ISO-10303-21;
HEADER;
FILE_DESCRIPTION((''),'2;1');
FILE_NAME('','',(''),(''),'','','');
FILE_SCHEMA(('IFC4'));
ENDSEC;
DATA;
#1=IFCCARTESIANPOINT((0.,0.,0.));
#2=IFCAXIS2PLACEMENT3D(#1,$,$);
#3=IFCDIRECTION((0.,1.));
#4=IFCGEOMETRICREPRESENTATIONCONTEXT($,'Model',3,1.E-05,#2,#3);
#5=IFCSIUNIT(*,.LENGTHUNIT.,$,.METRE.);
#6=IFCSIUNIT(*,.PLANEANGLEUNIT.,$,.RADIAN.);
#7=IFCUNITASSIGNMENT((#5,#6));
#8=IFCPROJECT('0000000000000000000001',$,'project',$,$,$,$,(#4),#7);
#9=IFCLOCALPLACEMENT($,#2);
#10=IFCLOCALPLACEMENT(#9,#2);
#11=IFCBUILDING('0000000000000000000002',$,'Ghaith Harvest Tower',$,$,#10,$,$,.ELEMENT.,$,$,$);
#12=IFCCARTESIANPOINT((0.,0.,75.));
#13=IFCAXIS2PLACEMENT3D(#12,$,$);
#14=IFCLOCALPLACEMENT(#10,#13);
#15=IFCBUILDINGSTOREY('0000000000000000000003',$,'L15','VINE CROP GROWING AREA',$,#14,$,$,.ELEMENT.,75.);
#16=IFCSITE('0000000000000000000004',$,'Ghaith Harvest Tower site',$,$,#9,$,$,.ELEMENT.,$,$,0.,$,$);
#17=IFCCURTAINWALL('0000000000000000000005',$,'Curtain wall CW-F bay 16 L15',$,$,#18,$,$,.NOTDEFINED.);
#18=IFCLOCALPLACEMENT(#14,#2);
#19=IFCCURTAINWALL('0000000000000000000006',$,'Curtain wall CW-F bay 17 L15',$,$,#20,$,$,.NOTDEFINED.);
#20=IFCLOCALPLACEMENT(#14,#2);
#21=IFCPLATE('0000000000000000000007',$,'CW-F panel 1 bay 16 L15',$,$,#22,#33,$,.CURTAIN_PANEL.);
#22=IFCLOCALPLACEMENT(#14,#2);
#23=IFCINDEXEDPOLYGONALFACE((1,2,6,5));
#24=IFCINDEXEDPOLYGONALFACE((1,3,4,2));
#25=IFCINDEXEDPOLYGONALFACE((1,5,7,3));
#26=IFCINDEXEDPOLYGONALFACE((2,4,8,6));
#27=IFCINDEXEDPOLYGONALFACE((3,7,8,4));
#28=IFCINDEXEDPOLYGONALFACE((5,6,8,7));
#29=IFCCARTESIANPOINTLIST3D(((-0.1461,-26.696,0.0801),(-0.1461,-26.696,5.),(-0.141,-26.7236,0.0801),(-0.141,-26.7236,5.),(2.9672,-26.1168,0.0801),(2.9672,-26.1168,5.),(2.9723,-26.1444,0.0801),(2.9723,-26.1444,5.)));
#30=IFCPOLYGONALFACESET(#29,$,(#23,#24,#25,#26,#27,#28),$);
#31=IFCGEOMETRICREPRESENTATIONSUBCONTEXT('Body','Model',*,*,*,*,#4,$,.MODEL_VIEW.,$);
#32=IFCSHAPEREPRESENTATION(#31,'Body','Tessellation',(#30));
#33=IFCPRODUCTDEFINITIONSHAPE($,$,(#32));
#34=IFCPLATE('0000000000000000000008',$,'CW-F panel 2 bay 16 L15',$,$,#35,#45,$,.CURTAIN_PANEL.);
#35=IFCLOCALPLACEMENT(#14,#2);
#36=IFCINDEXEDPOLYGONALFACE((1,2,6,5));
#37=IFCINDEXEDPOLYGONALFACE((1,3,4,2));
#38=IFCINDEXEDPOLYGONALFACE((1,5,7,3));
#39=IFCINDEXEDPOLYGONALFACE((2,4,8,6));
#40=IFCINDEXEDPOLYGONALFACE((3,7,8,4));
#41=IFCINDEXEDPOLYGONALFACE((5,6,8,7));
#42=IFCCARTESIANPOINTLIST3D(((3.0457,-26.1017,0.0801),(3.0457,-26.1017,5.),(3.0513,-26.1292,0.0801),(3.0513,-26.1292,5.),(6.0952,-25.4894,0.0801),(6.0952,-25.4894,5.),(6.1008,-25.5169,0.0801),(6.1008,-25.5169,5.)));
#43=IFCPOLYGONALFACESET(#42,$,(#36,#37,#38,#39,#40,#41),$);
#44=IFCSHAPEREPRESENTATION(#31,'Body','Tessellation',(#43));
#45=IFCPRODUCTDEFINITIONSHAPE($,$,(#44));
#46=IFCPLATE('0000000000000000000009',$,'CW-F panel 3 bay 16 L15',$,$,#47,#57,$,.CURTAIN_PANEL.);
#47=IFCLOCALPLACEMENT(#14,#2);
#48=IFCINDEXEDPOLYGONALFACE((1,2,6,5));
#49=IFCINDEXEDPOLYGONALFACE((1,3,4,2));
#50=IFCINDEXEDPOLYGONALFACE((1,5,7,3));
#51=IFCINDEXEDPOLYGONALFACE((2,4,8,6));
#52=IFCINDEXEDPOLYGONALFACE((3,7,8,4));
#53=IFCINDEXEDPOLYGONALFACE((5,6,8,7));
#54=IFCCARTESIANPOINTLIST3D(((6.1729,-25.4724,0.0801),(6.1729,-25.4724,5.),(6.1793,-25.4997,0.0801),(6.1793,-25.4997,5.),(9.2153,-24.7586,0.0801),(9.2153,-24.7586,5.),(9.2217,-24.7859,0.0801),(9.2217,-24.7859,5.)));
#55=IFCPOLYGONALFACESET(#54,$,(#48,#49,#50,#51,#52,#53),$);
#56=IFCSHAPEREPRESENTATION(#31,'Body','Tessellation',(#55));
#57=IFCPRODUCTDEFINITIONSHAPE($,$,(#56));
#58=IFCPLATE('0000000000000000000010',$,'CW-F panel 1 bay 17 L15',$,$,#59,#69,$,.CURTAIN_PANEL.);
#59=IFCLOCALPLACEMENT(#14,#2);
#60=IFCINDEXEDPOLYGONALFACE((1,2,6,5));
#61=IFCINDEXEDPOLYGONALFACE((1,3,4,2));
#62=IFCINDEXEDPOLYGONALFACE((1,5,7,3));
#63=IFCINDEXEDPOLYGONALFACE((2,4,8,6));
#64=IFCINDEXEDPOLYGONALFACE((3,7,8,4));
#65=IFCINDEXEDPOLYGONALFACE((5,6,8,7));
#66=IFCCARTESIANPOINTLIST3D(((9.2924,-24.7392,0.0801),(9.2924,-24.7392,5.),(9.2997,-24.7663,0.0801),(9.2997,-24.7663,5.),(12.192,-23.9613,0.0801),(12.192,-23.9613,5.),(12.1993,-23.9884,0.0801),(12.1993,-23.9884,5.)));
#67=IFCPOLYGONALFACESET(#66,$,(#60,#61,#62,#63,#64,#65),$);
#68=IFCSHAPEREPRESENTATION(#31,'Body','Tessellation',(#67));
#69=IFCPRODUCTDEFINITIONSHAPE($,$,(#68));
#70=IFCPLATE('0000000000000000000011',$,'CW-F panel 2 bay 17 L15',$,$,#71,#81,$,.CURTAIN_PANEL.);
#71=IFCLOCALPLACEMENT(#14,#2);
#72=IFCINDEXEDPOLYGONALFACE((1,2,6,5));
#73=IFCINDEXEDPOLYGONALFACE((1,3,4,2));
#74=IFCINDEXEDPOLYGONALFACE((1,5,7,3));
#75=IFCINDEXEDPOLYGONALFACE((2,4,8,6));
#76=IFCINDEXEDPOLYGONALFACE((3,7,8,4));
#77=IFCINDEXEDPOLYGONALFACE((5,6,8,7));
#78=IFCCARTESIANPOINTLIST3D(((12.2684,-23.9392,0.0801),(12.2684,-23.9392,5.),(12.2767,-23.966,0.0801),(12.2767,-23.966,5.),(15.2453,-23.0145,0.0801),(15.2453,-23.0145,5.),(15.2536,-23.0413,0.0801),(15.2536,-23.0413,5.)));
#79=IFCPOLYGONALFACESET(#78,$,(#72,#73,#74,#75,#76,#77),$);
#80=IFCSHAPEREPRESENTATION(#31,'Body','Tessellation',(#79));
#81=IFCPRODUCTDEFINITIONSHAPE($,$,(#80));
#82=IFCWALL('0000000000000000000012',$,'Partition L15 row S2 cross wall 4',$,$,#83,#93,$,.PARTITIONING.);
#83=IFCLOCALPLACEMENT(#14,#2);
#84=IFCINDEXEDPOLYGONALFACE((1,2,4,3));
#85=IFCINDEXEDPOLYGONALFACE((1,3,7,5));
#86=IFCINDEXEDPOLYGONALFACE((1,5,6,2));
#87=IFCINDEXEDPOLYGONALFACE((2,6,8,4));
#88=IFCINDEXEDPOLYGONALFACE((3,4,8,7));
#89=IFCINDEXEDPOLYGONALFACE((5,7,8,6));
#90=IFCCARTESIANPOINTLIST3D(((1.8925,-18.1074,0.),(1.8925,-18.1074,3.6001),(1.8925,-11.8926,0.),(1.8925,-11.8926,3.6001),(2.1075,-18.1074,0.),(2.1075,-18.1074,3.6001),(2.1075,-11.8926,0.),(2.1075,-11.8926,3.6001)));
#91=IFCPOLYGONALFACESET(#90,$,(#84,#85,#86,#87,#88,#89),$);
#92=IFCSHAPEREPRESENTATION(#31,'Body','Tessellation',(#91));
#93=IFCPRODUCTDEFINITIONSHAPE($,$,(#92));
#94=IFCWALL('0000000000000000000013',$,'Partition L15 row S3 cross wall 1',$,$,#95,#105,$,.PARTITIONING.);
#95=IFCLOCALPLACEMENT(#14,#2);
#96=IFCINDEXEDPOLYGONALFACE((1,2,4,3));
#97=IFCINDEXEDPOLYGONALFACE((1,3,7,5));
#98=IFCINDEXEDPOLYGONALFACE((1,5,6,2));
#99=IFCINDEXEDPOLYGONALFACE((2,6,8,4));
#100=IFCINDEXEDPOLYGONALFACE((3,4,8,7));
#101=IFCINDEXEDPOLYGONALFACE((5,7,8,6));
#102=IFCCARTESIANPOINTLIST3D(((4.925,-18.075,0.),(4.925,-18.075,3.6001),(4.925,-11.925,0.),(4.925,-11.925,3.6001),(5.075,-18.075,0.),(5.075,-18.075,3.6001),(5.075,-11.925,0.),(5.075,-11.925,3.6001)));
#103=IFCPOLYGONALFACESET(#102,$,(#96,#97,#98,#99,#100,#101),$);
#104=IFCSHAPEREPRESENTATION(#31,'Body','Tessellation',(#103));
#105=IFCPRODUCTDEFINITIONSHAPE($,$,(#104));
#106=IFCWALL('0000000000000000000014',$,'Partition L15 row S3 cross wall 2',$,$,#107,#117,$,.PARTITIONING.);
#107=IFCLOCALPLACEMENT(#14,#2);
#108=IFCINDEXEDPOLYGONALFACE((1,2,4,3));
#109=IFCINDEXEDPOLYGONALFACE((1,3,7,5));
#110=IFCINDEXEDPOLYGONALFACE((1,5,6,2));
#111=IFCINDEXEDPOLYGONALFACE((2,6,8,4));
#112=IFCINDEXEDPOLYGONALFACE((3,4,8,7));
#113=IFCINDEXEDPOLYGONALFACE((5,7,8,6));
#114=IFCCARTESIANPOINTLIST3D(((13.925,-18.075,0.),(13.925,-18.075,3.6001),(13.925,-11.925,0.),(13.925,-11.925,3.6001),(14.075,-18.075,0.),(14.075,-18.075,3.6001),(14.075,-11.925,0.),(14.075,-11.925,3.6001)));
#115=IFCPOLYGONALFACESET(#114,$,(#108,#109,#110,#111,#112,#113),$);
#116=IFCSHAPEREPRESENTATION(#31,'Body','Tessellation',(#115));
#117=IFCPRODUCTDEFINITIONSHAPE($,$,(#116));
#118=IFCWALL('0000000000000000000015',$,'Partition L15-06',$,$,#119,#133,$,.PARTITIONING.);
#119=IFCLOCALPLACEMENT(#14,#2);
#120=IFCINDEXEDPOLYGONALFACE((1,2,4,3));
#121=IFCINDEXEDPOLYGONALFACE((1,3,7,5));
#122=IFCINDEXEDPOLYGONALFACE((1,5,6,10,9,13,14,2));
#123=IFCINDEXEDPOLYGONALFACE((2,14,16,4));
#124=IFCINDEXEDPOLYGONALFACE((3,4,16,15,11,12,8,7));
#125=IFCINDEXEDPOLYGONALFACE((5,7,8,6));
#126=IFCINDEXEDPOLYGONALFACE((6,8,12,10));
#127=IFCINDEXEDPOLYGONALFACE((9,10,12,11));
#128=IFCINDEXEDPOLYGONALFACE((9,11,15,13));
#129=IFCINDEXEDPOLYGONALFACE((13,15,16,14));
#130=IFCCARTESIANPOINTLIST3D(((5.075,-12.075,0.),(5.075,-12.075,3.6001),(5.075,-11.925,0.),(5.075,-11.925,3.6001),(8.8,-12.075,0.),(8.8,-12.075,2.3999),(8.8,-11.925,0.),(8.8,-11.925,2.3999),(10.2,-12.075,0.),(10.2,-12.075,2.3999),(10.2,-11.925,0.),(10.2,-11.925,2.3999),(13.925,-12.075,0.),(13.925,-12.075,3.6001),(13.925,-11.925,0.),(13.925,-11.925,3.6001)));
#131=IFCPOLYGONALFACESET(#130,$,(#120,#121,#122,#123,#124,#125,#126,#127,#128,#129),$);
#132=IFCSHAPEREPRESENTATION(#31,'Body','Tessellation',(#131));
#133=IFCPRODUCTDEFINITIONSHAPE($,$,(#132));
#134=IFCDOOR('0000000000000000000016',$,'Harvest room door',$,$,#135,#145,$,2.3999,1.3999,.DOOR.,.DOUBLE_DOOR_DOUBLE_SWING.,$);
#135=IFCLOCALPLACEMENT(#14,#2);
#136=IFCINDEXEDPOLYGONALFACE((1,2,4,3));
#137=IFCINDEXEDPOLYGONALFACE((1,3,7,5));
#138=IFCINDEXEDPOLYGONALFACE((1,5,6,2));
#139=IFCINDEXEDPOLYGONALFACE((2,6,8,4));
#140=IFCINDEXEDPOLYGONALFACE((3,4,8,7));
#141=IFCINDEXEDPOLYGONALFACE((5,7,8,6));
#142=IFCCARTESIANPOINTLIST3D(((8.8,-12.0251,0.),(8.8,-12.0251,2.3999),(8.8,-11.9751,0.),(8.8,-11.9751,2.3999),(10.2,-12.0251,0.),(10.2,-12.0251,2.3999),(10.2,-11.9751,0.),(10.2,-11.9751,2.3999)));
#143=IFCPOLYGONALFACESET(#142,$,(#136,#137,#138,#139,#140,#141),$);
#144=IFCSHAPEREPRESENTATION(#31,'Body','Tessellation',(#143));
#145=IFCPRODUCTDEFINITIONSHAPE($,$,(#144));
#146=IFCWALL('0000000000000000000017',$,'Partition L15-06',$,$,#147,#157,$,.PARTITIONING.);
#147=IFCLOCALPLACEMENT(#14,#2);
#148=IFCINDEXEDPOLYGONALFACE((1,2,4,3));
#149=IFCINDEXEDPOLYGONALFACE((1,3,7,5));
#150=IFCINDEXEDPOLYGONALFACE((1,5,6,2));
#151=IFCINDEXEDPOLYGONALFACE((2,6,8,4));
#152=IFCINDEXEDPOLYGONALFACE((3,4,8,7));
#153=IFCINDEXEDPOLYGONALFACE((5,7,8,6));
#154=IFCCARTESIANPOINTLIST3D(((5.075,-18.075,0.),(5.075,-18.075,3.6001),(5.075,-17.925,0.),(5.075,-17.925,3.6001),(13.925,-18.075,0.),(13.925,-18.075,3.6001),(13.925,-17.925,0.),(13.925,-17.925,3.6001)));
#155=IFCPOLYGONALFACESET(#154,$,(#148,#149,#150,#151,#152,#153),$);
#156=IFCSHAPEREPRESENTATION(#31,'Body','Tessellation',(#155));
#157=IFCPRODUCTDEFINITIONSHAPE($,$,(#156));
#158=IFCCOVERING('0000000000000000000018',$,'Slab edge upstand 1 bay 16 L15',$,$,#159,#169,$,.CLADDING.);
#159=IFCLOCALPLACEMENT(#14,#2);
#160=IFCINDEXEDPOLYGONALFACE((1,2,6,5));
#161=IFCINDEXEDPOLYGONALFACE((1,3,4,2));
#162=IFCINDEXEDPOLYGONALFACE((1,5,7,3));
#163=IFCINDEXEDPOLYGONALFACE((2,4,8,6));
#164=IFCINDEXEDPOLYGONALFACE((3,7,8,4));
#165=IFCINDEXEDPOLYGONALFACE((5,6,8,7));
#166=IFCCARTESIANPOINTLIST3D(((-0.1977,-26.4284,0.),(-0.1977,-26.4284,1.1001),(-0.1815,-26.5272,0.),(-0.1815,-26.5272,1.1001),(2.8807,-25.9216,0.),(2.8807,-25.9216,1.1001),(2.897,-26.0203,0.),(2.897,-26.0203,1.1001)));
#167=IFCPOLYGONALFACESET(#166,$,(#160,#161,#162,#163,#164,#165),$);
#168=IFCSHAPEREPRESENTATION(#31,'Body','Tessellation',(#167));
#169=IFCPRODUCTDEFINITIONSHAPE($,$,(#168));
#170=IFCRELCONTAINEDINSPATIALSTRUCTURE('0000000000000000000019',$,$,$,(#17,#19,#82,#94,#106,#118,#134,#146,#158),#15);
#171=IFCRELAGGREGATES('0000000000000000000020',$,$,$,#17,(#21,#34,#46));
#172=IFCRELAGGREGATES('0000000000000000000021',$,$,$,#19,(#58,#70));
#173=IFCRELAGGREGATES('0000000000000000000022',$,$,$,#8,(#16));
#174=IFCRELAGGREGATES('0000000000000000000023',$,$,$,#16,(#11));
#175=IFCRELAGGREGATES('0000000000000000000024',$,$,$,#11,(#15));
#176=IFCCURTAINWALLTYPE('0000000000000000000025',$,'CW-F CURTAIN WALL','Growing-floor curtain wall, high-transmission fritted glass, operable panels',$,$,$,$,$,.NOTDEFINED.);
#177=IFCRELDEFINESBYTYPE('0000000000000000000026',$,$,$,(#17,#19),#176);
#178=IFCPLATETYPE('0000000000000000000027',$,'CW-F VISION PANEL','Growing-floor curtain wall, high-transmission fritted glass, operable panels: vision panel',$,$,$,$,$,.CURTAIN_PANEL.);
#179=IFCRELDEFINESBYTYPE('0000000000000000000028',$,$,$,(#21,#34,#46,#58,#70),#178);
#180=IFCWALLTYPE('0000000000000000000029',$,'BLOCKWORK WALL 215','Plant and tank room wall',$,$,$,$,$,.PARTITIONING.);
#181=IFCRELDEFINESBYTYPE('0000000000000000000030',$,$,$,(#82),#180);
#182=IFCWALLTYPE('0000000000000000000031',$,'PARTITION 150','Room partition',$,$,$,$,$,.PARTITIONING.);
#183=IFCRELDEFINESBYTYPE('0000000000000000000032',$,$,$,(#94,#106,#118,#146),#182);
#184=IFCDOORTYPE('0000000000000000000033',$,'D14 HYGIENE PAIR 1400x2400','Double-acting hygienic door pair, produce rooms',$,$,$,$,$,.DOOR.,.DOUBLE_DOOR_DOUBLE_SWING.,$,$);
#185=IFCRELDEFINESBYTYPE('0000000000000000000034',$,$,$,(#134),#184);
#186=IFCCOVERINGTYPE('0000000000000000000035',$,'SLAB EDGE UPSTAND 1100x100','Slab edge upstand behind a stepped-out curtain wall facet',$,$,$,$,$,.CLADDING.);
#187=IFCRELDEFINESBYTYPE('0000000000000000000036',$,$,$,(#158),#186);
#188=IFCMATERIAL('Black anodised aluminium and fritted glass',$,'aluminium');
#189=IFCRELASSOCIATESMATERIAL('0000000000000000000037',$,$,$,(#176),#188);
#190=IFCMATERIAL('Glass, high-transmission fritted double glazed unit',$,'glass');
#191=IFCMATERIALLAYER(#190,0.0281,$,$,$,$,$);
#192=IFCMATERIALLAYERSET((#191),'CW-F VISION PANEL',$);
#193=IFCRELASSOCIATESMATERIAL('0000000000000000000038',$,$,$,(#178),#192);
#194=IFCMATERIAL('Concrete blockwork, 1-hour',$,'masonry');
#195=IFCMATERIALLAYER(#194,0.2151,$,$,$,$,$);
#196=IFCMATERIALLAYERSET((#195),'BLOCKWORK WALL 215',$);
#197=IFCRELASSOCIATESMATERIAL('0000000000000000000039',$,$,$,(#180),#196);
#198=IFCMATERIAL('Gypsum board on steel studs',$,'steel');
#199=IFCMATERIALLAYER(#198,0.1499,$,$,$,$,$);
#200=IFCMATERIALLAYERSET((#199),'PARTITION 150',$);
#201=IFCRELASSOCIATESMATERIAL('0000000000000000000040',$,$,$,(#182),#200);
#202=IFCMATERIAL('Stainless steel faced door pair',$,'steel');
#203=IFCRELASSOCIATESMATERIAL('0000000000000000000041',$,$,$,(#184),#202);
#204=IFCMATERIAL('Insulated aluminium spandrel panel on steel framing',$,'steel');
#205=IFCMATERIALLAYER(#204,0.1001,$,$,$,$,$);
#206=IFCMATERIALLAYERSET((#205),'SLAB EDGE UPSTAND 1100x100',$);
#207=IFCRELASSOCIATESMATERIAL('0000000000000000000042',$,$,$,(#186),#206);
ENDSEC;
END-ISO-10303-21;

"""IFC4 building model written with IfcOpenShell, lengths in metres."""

from ifc_helpers import new_model, si_unit, direction, frame, frame_2d, origin, origin_2d, place, context, subcontext, project, spatial, rectangle, extrude, material, layer, layer_set, type_object, element, fill, aggregate, save


model = new_model("IFC4")

# Units and contexts
model_context = context("Model", 3, precision=1e-05, world=origin(), true_north=direction((0.0, 1.0)))
body_context = subcontext(model_context, "Body", "Model", "MODEL_VIEW")
ifc_project = project(units=[si_unit("LENGTHUNIT", "METRE"), si_unit("PLANEANGLEUNIT", "RADIAN")], contexts=[model_context])

# Site, building, storey
site_placement = place(None, origin())
site = spatial("IfcSite", under=ifc_project, at=site_placement, Name="Ghaith Harvest Tower site", CompositionType="ELEMENT", RefElevation=0.0)
building_placement = place(site_placement, origin())
building = spatial("IfcBuilding", under=site, at=building_placement, Name="Ghaith Harvest Tower", CompositionType="ELEMENT")
storey_placement = place(building_placement, frame((0.0, 0.0, 75.0)))
storey = spatial("IfcBuildingStorey", under=building, at=storey_placement, Name="L15", Description="VINE CROP GROWING AREA", CompositionType="ELEMENT", Elevation=75.0)

# Curtain walls
ifc_material_1 = material(Name="Black anodised aluminium and fritted glass", Category="aluminium")
curtain_wall_type = type_object("IfcCurtainWallType", Name="CW-F CURTAIN WALL", Description="Growing-floor curtain wall, high-transmission fritted glass, operable panels", PredefinedType="NOTDEFINED", material=ifc_material_1)
curtain_wall_1_placement = place(storey_placement, origin())
curtain_wall_1 = element("IfcCurtainWall", 1, at=curtain_wall_1_placement, inside=storey, type_object=curtain_wall_type, Name="Curtain wall CW-F bay 16 L15", PredefinedType="NOTDEFINED")
curtain_wall_2_placement = place(storey_placement, origin())
curtain_wall_2 = element("IfcCurtainWall", 2, at=curtain_wall_2_placement, inside=storey, type_object=curtain_wall_type, Name="Curtain wall CW-F bay 17 L15", PredefinedType="NOTDEFINED")

# Plates
ifc_material_2 = material(Name="Glass, high-transmission fritted double glazed unit", Category="glass")
ifc_layer_1 = layer(ifc_material_2, 0.0281)
ifc_layer_set_1 = layer_set([ifc_layer_1], Name="CW-F VISION PANEL")
plate_type = type_object("IfcPlateType", Name="CW-F VISION PANEL", Description="Growing-floor curtain wall, high-transmission fritted glass, operable panels: vision panel", PredefinedType="CURTAIN_PANEL", material=ifc_layer_set_1)
plate_1_placement = place(storey_placement, frame((1.4131, -26.4202, 0.0801), z_axis=(0.0, 0.0, 1.0), x_axis=(0.983131, 0.182902, 0.0)))
plate_1 = element("IfcPlate", 3, at=plate_1_placement, type_object=plate_type, Name="CW-F panel 1 bay 16 L15", PredefinedType="CURTAIN_PANEL", context=body_context, shape_type="SweptSolid", body=[
    extrude(rectangle(XDim=3.1667, YDim=0.0281, at=origin_2d()), origin(), (0.0, 0.0, 1.0), 4.9199),
])
plate_2_placement = place(storey_placement, frame((4.5732, -25.8093, 0.0801), z_axis=(0.0, 0.0, 1.0), x_axis=(0.980432, 0.196856, 0.0)))
plate_2 = element("IfcPlate", 4, at=plate_2_placement, type_object=plate_type, Name="CW-F panel 2 bay 16 L15", PredefinedType="CURTAIN_PANEL", context=body_context, shape_type="SweptSolid", body=[
    extrude(rectangle(XDim=3.1104, YDim=0.0281, at=origin_2d()), origin(), (0.0, 0.0, 1.0), 4.9199),
])
plate_3_placement = place(storey_placement, frame((7.6973, -25.1292, 0.0801), z_axis=(0.0, 0.0, 1.0), x_axis=(0.973565, 0.228411, 0.0)))
plate_3 = element("IfcPlate", 5, at=plate_3_placement, type_object=plate_type, Name="CW-F panel 3 bay 16 L15", PredefinedType="CURTAIN_PANEL", context=body_context, shape_type="SweptSolid", body=[
    extrude(rectangle(XDim=3.125, YDim=0.0281, at=origin_2d()), origin(), (0.0, 0.0, 1.0), 4.9199),
])
aggregate(curtain_wall_1, [plate_1, plate_2, plate_3])
plate_4_placement = place(storey_placement, frame((10.7458, -24.3638, 0.0801), z_axis=(0.0, 0.0, 1.0), x_axis=(0.965848, 0.259108, 0.0)))
plate_4 = element("IfcPlate", 6, at=plate_4_placement, type_object=plate_type, Name="CW-F panel 1 bay 17 L15", PredefinedType="CURTAIN_PANEL", context=body_context, shape_type="SweptSolid", body=[
    extrude(rectangle(XDim=3.0022, YDim=0.0281, at=origin_2d()), origin(), (0.0, 0.0, 1.0), 4.9199),
])
plate_5_placement = place(storey_placement, frame((13.761, -23.4902, 0.0801), z_axis=(0.0, 0.0, 1.0), x_axis=(0.954988, 0.296644, 0.0)))
plate_5 = element("IfcPlate", 7, at=plate_5_placement, type_object=plate_type, Name="CW-F panel 2 bay 17 L15", PredefinedType="CURTAIN_PANEL", context=body_context, shape_type="SweptSolid", body=[
    extrude(rectangle(XDim=3.1172, YDim=0.0281, at=origin_2d()), origin(), (0.0, 0.0, 1.0), 4.9199),
])
aggregate(curtain_wall_2, [plate_4, plate_5])

# Walls
ifc_material_3 = material(Name="Concrete blockwork, 1-hour", Category="masonry")
ifc_layer_2 = layer(ifc_material_3, 0.2151)
ifc_layer_set_2 = layer_set([ifc_layer_2], Name="BLOCKWORK WALL 215")
wall_type_1 = type_object("IfcWallType", Name="BLOCKWORK WALL 215", Description="Plant and tank room wall", PredefinedType="PARTITIONING", material=ifc_layer_set_2)
wall_1_placement = place(storey_placement, frame((2.0, -11.8926, 0.0), z_axis=(0.0, 0.0, 1.0), x_axis=(0.0, -1.0, 0.0)))
element("IfcWall", 8, at=wall_1_placement, inside=storey, type_object=wall_type_1, Name="Partition L15 row S2 cross wall 4", PredefinedType="PARTITIONING", context=body_context, shape_type="SweptSolid", body=[
    extrude(rectangle(XDim=6.2148, YDim=0.2151, at=frame_2d((3.1074, 0.0))), origin(), (0.0, 0.0, 1.0), 3.6001),
])
ifc_material_4 = material(Name="Gypsum board on steel studs", Category="steel")
ifc_layer_3 = layer(ifc_material_4, 0.1499)
ifc_layer_set_3 = layer_set([ifc_layer_3], Name="PARTITION 150")
wall_type_2 = type_object("IfcWallType", Name="PARTITION 150", Description="Room partition", PredefinedType="PARTITIONING", material=ifc_layer_set_3)
for number, where, z_axis, x_axis, name in (
    (9, (5.0, -11.925, 0.0), (0.0, 0.0, 1.0), (0.0, -1.0, 0.0), "Partition L15 row S3 cross wall 1"),
    (10, (14.0, -11.925, 0.0), (0.0, 0.0, 1.0), (0.0, -1.0, 0.0), "Partition L15 row S3 cross wall 2"),
):
    element("IfcWall", number, at=place(storey_placement, frame(where, z_axis=z_axis, x_axis=x_axis)), inside=storey, type_object=wall_type_2, Name=name, PredefinedType="PARTITIONING", context=body_context, shape_type="SweptSolid", body=[
        extrude(rectangle(XDim=6.1499, YDim=0.1499, at=frame_2d((3.075, 0.0))), origin(), (0.0, 0.0, 1.0), 3.6001),
    ])

# Wall, opening, door
wall_2_placement = place(storey_placement, frame((5.075, -12.0, 0.0), z_axis=(0.0, 0.0, 1.0), x_axis=(1.0, 0.0, 0.0)))
wall_2 = element("IfcWall", 11, at=wall_2_placement, inside=storey, type_object=wall_type_2, Name="Partition L15-06", PredefinedType="PARTITIONING", context=body_context, shape_type="SweptSolid", body=[
    extrude(rectangle(XDim=8.8501, YDim=0.1499, at=frame_2d((4.425, 0.0))), origin(), (0.0, 0.0, 1.0), 3.6001),
])
opening_placement = place(wall_2_placement, frame((3.7251, 0.0, 0.0)))
opening = element("IfcOpeningElement", 12, at=opening_placement, cuts=wall_2, PredefinedType="OPENING", context=body_context, shape_type="SweptSolid", body=[
    extrude(rectangle(XDim=1.3999, YDim=2.3999, at=frame_2d((0.7, 1.2))), frame((0.0, 0.085, 0.0), z_axis=(0.0, -1.0, 0.0), x_axis=(1.0, 0.0, 0.0)), (0.0, 0.0, 1.0), 0.1699),
])
ifc_material_5 = material(Name="Stainless steel faced door pair", Category="steel")
door_type = type_object("IfcDoorType", Name="D14 HYGIENE PAIR 1400x2400", Description="Double-acting hygienic door pair, produce rooms", OperationType="DOUBLE_DOOR_DOUBLE_SWING", PredefinedType="DOOR", material=ifc_material_5)
door_placement = place(opening_placement, origin())
door = element("IfcDoor", 13, at=door_placement, inside=storey, type_object=door_type, Name="Harvest room door", OperationType="DOUBLE_DOOR_DOUBLE_SWING", OverallHeight=2.3999, OverallWidth=1.3999, PredefinedType="DOOR", context=body_context, shape_type="SweptSolid", body=[
    extrude(rectangle(XDim=1.3999, YDim=2.3999, at=frame_2d((0.7, 1.2))), frame((0.0, 0.0249, 0.0), z_axis=(0.0, -1.0, 0.0), x_axis=(1.0, 0.0, 0.0)), (0.0, 0.0, 1.0), 0.05),
])
fill(opening, door)

# Wall
wall_3_placement = place(storey_placement, frame((5.075, -18.0, 0.0), z_axis=(0.0, 0.0, 1.0), x_axis=(1.0, 0.0, 0.0)))
element("IfcWall", 14, at=wall_3_placement, inside=storey, type_object=wall_type_2, Name="Partition L15-06", PredefinedType="PARTITIONING", context=body_context, shape_type="SweptSolid", body=[
    extrude(rectangle(XDim=8.8501, YDim=0.1499, at=frame_2d((4.425, 0.0))), origin(), (0.0, 0.0, 1.0), 3.6001),
])

# Covering
ifc_material_6 = material(Name="Insulated aluminium spandrel panel on steel framing", Category="steel")
ifc_layer_4 = layer(ifc_material_6, 0.1001)
ifc_layer_set_4 = layer_set([ifc_layer_4], Name="SLAB EDGE UPSTAND 1100x100")
covering_type = type_object("IfcCoveringType", Name="SLAB EDGE UPSTAND 1100x100", Description="Slab edge upstand behind a stepped-out curtain wall facet", PredefinedType="CLADDING", material=ifc_layer_set_4)
covering_placement = place(storey_placement, frame((1.3496, -26.2244, 0.0), z_axis=(0.0, 0.0, 1.0), x_axis=(0.986716, 0.162453, 0.0)))
element("IfcCovering", 15, at=covering_placement, inside=storey, type_object=covering_type, Name="Slab edge upstand 1 bay 16 L15", PredefinedType="CLADDING", context=body_context, shape_type="SweptSolid", body=[
    extrude(rectangle(XDim=3.1199, YDim=0.1001, at=origin_2d()), origin(), (0.0, 0.0, 1.0), 1.1001),
])

save(model, "model.ifc")
